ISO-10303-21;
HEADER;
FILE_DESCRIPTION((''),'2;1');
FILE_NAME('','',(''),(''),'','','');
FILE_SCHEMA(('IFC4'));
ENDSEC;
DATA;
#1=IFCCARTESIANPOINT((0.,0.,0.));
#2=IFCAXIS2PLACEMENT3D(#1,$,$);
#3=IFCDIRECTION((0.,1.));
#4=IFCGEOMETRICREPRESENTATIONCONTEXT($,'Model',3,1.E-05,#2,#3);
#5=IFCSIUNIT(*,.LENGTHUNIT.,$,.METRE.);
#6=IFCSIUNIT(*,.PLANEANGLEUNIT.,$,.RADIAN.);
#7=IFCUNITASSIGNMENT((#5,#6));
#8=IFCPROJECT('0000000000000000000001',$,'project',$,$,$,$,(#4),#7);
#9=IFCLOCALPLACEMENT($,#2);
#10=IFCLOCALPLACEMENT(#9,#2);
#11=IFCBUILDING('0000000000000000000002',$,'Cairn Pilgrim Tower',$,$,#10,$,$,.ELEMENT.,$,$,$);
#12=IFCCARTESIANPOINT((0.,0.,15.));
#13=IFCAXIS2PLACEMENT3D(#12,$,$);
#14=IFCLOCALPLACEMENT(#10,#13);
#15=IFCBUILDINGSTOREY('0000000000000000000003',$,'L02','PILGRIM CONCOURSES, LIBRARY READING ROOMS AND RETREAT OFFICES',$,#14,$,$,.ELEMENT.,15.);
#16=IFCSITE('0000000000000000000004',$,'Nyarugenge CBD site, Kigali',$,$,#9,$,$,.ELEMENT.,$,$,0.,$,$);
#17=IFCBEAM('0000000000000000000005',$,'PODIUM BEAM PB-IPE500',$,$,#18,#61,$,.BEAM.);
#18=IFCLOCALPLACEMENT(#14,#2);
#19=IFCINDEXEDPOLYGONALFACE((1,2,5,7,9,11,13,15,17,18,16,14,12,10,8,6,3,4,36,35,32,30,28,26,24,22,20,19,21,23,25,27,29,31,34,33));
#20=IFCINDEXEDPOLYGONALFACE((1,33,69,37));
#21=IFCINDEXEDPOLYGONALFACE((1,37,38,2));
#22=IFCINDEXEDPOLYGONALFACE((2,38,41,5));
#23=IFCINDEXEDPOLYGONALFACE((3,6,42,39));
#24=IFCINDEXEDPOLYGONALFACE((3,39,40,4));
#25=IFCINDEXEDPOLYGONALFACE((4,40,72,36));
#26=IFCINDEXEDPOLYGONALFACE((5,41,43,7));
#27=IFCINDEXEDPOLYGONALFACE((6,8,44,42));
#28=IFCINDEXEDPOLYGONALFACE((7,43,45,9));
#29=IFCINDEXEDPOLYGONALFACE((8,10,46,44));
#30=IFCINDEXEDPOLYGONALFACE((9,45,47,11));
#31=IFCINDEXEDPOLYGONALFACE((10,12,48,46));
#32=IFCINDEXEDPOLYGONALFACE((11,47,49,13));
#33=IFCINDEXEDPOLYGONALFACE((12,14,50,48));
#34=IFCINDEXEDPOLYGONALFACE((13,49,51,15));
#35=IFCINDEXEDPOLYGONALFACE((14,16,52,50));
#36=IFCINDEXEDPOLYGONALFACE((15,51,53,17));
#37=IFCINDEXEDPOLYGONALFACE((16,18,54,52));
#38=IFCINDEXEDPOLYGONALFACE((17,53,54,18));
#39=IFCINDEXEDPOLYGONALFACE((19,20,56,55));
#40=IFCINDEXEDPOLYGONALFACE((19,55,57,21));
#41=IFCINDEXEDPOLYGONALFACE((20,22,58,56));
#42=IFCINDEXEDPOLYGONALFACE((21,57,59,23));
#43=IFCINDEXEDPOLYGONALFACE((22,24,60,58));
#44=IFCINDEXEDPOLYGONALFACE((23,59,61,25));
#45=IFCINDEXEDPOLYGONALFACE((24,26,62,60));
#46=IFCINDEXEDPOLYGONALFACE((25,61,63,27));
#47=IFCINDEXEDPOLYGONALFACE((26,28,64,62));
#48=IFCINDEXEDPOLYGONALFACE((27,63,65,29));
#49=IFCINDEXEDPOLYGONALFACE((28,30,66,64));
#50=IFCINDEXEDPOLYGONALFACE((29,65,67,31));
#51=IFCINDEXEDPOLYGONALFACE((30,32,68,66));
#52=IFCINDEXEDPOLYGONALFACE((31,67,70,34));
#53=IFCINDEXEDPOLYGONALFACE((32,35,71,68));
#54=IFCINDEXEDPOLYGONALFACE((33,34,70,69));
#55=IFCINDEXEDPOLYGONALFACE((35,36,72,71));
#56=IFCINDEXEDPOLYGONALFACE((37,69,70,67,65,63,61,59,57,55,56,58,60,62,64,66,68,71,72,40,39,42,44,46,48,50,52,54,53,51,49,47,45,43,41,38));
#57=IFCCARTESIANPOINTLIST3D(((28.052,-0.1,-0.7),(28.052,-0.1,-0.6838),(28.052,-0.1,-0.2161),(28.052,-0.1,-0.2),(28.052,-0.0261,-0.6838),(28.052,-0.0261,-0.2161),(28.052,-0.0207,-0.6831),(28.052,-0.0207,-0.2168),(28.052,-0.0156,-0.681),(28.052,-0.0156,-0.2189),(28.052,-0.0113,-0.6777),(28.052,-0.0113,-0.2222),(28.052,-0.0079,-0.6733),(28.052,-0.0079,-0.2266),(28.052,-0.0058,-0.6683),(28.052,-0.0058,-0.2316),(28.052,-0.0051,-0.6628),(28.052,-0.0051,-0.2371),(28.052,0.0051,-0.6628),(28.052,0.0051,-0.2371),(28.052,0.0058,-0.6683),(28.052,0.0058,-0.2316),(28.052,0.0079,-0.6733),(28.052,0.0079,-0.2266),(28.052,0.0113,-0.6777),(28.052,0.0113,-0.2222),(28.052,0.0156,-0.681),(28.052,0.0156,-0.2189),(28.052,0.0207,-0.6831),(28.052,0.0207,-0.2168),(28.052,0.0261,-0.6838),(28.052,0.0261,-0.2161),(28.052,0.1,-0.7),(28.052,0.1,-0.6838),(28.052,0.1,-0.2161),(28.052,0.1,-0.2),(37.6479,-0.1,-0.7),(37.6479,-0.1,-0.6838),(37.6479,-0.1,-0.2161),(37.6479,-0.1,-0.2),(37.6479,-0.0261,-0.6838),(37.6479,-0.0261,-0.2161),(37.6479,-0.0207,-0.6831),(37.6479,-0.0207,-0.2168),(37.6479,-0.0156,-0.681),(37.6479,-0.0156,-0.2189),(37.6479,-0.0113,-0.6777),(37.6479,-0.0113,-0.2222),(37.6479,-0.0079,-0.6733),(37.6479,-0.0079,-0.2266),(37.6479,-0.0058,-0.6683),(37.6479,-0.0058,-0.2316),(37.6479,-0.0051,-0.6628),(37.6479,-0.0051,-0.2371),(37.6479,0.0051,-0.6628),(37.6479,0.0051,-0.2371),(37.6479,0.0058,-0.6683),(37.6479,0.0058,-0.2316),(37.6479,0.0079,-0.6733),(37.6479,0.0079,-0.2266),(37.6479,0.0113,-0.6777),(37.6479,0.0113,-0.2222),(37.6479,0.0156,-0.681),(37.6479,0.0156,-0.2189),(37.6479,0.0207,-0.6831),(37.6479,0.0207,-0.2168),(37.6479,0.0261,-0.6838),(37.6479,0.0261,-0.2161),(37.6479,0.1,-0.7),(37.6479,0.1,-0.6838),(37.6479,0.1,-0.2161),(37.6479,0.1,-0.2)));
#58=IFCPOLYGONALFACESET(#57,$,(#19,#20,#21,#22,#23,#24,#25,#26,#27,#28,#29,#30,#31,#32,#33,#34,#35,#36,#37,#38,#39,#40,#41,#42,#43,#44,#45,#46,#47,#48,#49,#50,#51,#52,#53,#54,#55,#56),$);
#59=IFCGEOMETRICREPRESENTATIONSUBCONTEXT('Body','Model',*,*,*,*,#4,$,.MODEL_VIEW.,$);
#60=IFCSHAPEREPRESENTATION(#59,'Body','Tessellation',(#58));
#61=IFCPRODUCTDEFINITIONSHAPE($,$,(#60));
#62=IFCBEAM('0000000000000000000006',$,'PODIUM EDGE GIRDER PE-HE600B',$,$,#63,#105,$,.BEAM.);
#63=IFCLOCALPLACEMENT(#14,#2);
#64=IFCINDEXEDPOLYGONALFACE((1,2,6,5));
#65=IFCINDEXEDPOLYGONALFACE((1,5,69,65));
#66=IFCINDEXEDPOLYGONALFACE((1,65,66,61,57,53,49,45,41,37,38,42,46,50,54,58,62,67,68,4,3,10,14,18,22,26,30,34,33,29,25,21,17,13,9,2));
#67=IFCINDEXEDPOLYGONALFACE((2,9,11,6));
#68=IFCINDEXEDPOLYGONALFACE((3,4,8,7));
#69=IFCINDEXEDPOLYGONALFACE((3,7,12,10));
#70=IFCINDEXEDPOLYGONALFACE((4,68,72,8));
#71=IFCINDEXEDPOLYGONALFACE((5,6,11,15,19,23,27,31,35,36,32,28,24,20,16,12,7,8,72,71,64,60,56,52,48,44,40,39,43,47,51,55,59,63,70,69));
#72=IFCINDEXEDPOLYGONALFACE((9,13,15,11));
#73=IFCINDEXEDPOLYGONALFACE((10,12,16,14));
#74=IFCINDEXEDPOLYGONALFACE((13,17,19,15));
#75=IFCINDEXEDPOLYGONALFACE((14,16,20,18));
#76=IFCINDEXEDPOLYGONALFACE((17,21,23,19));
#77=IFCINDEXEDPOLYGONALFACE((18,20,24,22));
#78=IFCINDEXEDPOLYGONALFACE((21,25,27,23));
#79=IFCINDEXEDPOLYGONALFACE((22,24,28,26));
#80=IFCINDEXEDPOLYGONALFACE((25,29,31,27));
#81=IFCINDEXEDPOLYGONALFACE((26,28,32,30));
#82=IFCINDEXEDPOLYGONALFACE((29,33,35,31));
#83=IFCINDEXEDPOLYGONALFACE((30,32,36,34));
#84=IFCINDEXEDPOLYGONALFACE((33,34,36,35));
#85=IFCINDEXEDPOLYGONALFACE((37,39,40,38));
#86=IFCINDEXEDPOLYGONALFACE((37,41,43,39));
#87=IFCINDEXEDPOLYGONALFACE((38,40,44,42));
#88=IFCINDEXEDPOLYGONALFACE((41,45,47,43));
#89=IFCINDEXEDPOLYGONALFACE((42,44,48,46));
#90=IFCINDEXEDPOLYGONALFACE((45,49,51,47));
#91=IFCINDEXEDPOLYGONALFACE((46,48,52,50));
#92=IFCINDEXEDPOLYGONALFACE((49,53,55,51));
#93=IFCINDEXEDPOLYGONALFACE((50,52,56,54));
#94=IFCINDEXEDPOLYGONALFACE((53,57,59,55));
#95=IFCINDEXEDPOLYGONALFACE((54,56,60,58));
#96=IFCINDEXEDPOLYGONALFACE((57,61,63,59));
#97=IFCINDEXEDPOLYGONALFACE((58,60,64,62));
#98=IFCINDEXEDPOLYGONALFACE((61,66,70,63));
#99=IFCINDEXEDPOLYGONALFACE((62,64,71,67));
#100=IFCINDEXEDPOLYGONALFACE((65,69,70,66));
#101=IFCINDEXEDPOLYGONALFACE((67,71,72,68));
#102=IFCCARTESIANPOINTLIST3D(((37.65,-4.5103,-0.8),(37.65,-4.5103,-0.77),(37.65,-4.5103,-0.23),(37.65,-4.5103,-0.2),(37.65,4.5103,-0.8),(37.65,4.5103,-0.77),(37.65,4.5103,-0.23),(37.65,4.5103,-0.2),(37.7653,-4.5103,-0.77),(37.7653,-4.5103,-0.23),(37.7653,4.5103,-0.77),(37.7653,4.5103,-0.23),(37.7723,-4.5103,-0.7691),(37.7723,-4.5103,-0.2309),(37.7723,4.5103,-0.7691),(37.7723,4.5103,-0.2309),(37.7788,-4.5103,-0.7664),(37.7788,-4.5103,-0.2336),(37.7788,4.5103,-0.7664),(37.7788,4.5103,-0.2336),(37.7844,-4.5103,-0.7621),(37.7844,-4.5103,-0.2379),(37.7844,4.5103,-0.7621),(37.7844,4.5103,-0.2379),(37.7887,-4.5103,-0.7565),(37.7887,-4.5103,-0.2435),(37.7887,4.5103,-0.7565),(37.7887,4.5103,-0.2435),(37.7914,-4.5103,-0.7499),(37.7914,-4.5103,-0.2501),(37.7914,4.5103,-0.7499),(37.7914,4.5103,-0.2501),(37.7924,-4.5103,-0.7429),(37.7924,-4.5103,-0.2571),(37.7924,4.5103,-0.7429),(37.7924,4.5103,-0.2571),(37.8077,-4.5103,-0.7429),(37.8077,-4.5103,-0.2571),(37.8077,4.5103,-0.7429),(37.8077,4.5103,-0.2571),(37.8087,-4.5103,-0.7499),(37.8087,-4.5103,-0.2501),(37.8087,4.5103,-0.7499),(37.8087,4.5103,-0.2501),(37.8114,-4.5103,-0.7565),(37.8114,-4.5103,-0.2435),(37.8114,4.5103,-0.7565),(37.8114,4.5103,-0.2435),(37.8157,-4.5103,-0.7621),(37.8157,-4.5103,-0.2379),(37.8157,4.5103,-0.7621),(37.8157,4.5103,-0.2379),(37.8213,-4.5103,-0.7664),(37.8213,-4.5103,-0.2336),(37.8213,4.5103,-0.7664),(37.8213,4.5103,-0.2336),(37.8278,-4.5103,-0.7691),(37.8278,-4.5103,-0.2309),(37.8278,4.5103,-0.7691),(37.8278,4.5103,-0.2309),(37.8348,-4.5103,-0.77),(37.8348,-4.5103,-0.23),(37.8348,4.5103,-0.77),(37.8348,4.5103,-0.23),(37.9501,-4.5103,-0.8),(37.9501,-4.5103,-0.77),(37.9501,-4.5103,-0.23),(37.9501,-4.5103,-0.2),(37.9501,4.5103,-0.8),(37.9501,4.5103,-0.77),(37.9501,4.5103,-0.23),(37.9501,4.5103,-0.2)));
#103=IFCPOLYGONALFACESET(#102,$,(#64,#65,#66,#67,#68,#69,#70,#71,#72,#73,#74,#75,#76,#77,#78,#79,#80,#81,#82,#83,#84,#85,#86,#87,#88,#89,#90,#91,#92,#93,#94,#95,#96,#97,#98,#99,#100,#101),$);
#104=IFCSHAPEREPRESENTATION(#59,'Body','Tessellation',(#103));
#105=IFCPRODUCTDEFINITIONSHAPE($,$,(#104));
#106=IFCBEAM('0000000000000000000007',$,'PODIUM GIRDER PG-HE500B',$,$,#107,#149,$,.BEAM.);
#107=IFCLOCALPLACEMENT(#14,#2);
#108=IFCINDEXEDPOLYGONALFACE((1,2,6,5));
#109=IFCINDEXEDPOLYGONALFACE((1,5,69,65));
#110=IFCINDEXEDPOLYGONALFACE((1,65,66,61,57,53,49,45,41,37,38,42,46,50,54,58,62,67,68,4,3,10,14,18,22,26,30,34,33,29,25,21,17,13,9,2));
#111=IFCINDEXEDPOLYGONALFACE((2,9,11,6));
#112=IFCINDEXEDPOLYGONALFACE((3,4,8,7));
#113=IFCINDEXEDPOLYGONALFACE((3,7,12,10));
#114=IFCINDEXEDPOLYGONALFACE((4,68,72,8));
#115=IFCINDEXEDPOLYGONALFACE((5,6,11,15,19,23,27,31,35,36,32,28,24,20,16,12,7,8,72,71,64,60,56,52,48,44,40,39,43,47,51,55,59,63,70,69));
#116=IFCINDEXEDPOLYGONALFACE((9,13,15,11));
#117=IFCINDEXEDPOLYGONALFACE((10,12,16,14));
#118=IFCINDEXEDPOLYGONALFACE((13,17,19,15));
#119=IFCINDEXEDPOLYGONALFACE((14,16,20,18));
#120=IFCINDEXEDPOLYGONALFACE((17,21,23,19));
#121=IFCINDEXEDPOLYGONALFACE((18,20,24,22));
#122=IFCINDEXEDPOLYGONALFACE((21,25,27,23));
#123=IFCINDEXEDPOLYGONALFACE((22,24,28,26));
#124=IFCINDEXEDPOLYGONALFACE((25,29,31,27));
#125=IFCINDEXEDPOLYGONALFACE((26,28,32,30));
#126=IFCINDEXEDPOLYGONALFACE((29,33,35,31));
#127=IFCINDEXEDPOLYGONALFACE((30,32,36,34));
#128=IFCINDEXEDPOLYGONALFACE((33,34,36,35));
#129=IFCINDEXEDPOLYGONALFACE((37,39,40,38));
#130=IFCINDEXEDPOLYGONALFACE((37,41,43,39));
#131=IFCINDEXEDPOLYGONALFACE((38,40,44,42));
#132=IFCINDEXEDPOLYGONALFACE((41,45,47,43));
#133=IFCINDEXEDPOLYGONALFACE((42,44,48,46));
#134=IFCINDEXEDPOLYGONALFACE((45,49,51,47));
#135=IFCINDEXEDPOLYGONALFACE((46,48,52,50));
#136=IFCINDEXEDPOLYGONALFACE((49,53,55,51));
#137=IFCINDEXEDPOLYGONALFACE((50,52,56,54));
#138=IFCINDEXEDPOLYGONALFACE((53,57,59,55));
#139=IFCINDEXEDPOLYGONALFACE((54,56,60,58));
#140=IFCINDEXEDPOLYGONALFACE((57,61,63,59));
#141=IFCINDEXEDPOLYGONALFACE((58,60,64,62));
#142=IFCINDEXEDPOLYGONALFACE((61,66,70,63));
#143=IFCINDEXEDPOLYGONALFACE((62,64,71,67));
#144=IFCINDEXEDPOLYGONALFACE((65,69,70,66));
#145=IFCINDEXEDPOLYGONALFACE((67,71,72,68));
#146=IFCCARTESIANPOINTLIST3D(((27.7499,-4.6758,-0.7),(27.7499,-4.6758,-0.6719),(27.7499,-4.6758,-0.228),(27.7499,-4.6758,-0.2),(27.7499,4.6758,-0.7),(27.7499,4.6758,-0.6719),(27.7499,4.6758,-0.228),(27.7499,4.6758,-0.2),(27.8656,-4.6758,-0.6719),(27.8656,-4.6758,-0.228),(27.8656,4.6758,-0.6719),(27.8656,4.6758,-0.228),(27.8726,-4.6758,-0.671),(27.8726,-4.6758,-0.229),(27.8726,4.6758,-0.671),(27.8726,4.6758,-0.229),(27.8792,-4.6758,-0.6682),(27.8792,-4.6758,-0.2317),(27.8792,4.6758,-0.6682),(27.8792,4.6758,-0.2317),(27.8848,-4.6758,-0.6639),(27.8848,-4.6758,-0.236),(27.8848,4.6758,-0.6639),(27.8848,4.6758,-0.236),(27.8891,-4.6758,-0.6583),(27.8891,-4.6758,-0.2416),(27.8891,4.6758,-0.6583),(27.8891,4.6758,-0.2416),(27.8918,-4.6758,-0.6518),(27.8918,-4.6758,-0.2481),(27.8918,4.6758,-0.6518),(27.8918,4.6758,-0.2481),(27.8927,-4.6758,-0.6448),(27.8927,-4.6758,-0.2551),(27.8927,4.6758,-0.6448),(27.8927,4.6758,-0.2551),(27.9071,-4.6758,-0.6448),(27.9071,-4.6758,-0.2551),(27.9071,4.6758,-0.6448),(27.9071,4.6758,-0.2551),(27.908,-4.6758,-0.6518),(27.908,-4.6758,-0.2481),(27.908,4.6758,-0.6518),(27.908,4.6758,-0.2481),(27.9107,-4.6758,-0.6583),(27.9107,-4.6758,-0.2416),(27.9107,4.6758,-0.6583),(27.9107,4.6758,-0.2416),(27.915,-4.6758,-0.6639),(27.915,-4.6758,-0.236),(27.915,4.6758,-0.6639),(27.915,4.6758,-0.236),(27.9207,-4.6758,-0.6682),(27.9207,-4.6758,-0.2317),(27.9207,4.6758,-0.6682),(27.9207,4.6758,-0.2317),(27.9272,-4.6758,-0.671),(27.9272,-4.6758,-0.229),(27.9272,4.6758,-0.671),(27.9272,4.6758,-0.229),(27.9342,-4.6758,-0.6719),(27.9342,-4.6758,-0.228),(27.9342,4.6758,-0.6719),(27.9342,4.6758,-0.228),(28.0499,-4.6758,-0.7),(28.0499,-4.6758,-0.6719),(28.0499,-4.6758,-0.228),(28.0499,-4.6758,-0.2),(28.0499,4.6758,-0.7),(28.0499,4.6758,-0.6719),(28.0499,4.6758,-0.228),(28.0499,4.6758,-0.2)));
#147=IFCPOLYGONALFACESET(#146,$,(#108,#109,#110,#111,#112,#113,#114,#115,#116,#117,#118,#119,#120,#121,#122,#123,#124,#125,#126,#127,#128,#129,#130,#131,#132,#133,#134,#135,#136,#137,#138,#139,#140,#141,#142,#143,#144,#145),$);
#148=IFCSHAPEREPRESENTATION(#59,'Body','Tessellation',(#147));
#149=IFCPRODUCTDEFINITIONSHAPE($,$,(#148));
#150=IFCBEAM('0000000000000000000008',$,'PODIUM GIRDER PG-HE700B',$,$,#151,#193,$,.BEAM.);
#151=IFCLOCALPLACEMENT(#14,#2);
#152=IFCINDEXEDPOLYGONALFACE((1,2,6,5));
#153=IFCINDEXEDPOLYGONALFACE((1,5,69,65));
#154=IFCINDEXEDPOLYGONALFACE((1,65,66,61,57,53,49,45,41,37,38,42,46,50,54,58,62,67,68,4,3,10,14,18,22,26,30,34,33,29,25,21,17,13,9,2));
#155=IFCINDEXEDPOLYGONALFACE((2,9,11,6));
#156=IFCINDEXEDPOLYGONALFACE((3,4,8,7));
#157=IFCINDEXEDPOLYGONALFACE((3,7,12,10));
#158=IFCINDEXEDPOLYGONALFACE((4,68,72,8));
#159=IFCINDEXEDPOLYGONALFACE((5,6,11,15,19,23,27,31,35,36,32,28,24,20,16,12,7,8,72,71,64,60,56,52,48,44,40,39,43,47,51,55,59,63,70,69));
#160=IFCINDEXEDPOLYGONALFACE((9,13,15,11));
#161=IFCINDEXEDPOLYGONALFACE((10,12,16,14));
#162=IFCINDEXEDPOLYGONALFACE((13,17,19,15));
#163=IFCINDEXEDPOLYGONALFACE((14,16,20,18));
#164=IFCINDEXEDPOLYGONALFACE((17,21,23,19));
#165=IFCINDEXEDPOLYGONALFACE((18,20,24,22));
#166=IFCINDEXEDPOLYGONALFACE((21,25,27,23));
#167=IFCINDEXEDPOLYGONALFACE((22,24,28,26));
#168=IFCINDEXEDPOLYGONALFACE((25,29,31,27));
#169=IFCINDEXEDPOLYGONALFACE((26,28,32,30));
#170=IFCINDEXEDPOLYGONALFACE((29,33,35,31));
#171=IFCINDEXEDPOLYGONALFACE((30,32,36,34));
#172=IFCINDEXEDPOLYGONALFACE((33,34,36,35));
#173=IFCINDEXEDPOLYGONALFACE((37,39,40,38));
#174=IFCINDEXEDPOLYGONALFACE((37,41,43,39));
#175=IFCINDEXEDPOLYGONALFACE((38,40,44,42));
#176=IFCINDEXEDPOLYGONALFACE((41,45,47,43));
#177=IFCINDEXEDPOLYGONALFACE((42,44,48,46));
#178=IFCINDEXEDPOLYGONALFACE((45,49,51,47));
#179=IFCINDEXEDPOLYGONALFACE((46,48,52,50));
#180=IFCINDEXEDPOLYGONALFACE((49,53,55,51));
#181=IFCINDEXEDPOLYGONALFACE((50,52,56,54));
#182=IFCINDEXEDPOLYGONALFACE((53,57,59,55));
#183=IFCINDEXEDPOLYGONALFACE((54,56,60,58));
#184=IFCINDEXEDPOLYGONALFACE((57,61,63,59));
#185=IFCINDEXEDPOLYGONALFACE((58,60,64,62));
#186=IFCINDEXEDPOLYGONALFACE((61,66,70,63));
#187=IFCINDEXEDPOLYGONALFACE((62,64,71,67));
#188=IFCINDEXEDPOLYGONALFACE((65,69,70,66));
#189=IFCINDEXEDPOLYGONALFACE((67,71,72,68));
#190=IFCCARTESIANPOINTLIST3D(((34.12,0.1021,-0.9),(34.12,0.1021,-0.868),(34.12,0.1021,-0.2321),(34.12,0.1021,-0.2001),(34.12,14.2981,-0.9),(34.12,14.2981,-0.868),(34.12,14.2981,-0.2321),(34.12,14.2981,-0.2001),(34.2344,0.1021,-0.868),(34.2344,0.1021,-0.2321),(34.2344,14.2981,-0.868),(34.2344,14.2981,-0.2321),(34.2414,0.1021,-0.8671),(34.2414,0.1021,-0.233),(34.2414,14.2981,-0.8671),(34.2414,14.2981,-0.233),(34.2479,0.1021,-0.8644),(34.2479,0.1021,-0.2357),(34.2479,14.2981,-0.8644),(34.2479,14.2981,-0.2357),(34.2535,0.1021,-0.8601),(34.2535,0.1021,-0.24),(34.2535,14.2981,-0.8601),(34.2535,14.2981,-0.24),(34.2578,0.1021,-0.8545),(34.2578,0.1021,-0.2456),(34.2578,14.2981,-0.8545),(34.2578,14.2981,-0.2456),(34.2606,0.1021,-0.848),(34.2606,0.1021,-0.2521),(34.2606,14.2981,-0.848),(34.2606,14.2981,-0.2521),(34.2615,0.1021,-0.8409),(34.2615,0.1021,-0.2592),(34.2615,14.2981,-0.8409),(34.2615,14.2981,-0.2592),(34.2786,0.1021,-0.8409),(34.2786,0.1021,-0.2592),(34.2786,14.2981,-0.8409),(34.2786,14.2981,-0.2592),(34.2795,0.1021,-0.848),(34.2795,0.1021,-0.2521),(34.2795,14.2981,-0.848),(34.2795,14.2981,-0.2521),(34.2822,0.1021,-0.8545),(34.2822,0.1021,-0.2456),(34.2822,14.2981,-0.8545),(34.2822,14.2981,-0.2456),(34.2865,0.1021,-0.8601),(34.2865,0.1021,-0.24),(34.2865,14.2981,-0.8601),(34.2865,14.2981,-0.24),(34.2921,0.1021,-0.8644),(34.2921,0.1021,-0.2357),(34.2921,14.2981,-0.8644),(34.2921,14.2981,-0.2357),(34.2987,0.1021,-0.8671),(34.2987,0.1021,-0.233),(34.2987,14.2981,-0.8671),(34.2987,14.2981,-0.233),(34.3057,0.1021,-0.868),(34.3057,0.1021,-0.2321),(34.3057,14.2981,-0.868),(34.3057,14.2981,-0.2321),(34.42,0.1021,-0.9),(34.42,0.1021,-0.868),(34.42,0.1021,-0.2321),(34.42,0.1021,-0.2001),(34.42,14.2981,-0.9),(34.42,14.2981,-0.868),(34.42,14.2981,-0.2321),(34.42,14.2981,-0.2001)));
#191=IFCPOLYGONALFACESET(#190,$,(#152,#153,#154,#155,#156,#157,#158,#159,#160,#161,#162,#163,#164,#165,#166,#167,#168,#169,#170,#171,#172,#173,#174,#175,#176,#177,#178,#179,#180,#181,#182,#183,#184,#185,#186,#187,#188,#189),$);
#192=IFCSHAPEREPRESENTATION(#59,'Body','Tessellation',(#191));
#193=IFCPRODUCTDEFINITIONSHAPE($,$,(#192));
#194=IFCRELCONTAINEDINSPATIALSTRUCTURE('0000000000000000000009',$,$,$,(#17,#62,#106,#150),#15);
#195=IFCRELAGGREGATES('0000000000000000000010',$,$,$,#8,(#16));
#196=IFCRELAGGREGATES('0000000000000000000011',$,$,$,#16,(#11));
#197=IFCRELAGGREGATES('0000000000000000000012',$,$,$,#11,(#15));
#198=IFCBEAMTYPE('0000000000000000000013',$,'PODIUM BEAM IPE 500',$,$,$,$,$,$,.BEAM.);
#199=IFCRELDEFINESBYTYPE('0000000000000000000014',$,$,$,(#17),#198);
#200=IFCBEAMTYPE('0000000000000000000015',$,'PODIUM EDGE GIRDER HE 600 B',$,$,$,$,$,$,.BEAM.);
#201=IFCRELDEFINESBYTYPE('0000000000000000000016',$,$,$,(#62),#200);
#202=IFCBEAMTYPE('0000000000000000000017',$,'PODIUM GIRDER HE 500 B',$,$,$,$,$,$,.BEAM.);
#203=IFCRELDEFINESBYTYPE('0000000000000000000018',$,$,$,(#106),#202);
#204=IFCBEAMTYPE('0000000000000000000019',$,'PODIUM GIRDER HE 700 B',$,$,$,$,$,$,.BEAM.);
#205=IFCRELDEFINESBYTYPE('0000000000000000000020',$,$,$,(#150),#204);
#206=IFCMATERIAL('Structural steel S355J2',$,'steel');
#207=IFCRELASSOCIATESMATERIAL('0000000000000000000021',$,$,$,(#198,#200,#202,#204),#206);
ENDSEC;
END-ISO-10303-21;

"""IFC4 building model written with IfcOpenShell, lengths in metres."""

from ifc_helpers import new_model, si_unit, direction, frame, origin, origin_2d, place, context, subcontext, project, spatial, i_section, extrude, material, material_profile, profile_set, type_object, element, save


model = new_model("IFC4")

# Units and contexts
model_context = context("Model", 3, precision=1e-05, world=origin(), true_north=direction((0.0, 1.0)))
body_context = subcontext(model_context, "Body", "Model", "MODEL_VIEW")
ifc_project = project(units=[si_unit("LENGTHUNIT", "METRE"), si_unit("PLANEANGLEUNIT", "RADIAN")], contexts=[model_context])

# Site, building, storey
site_placement = place(None, origin())
site = spatial("IfcSite", under=ifc_project, at=site_placement, Name="Nyarugenge CBD site, Kigali", CompositionType="ELEMENT", RefElevation=0.0)
building_placement = place(site_placement, origin())
building = spatial("IfcBuilding", under=site, at=building_placement, Name="Cairn Pilgrim Tower", CompositionType="ELEMENT")
storey_placement = place(building_placement, frame((0.0, 0.0, 15.0)))
storey = spatial("IfcBuildingStorey", under=building, at=storey_placement, Name="L02", Description="PILGRIM CONCOURSES, LIBRARY READING ROOMS AND RETREAT OFFICES", CompositionType="ELEMENT", Elevation=15.0)

# Shared definitions
ifc_material_1 = material(Name="Structural steel S355J2", Category="steel")

# Beams
ifc_material_profile_1 = material_profile(ifc_material_1, i_section(OverallWidth=0.2, OverallDepth=0.5, WebThickness=0.0103, FlangeThickness=0.0161, FilletRadius=0.021, at=origin_2d()), Name="IPE 500")
ifc_profile_set_1 = profile_set([ifc_material_profile_1], Name="Structural steel S355J2")
beam_type_1 = type_object("IfcBeamType", Name="PODIUM BEAM IPE 500", PredefinedType="BEAM", material=ifc_profile_set_1)
beam_1_placement = place(storey_placement, frame((28.052, 0.0, -0.45), z_axis=(1.0, 0.0, 0.0), x_axis=(0.0, 1.0, 0.0)))
element("IfcBeam", 1, at=beam_1_placement, inside=storey, type_object=beam_type_1, Name="PODIUM BEAM PB-IPE500", PredefinedType="BEAM", context=body_context, shape_type="SweptSolid", body=[
    extrude(i_section(OverallWidth=0.2, OverallDepth=0.5, WebThickness=0.0103, FlangeThickness=0.0161, FilletRadius=0.021, at=origin_2d()), origin(), (0.0, 0.0, 1.0), 9.5959),
])
ifc_material_profile_2 = material_profile(ifc_material_1, i_section(OverallWidth=0.3, OverallDepth=0.6001, WebThickness=0.0154, FlangeThickness=0.03, FilletRadius=0.0271, at=origin_2d()), Name="HEB 600")
ifc_profile_set_2 = profile_set([ifc_material_profile_2], Name="Structural steel S355J2")
beam_type_2 = type_object("IfcBeamType", Name="PODIUM EDGE GIRDER HE 600 B", PredefinedType="BEAM", material=ifc_profile_set_2)
beam_2_placement = place(storey_placement, frame((37.8, -4.5103, -0.5), z_axis=(0.0, 1.0, 0.0), x_axis=(-1.0, 0.0, 0.0)))
element("IfcBeam", 2, at=beam_2_placement, inside=storey, type_object=beam_type_2, Name="PODIUM EDGE GIRDER PE-HE600B", PredefinedType="BEAM", context=body_context, shape_type="SweptSolid", body=[
    extrude(i_section(OverallWidth=0.3, OverallDepth=0.6001, WebThickness=0.0154, FlangeThickness=0.03, FilletRadius=0.0271, at=origin_2d()), origin(), (0.0, 0.0, 1.0), 9.0205),
])
ifc_material_profile_3 = material_profile(ifc_material_1, i_section(OverallWidth=0.3, OverallDepth=0.5, WebThickness=0.0144, FlangeThickness=0.0281, FilletRadius=0.0271, at=origin_2d()), Name="HEB 500")
ifc_profile_set_3 = profile_set([ifc_material_profile_3], Name="Structural steel S355J2")
beam_type_3 = type_object("IfcBeamType", Name="PODIUM GIRDER HE 500 B", PredefinedType="BEAM", material=ifc_profile_set_3)
beam_3_placement = place(storey_placement, frame((27.8999, -4.6758, -0.45), z_axis=(0.0, 1.0, 0.0), x_axis=(-1.0, 0.0, 0.0)))
element("IfcBeam", 3, at=beam_3_placement, inside=storey, type_object=beam_type_3, Name="PODIUM GIRDER PG-HE500B", PredefinedType="BEAM", context=body_context, shape_type="SweptSolid", body=[
    extrude(i_section(OverallWidth=0.3, OverallDepth=0.5, WebThickness=0.0144, FlangeThickness=0.0281, FilletRadius=0.0271, at=origin_2d()), origin(), (0.0, 0.0, 1.0), 9.3516),
])
ifc_material_profile_4 = material_profile(ifc_material_1, i_section(OverallWidth=0.3, OverallDepth=0.7, WebThickness=0.0171, FlangeThickness=0.032, FilletRadius=0.0271, at=origin_2d()), Name="HEB 700")
ifc_profile_set_4 = profile_set([ifc_material_profile_4], Name="Structural steel S355J2")
beam_type_4 = type_object("IfcBeamType", Name="PODIUM GIRDER HE 700 B", PredefinedType="BEAM", material=ifc_profile_set_4)
beam_4_placement = place(storey_placement, frame((34.27, 0.1021, -0.55), z_axis=(0.0, 1.0, 0.0), x_axis=(-1.0, 0.0, 0.0)))
element("IfcBeam", 4, at=beam_4_placement, inside=storey, type_object=beam_type_4, Name="PODIUM GIRDER PG-HE700B", PredefinedType="BEAM", context=body_context, shape_type="SweptSolid", body=[
    extrude(i_section(OverallWidth=0.3, OverallDepth=0.7, WebThickness=0.0171, FlangeThickness=0.032, FilletRadius=0.0271, at=origin_2d()), origin(), (0.0, 0.0, 1.0), 14.196),
])

save(model, "model.ifc")
